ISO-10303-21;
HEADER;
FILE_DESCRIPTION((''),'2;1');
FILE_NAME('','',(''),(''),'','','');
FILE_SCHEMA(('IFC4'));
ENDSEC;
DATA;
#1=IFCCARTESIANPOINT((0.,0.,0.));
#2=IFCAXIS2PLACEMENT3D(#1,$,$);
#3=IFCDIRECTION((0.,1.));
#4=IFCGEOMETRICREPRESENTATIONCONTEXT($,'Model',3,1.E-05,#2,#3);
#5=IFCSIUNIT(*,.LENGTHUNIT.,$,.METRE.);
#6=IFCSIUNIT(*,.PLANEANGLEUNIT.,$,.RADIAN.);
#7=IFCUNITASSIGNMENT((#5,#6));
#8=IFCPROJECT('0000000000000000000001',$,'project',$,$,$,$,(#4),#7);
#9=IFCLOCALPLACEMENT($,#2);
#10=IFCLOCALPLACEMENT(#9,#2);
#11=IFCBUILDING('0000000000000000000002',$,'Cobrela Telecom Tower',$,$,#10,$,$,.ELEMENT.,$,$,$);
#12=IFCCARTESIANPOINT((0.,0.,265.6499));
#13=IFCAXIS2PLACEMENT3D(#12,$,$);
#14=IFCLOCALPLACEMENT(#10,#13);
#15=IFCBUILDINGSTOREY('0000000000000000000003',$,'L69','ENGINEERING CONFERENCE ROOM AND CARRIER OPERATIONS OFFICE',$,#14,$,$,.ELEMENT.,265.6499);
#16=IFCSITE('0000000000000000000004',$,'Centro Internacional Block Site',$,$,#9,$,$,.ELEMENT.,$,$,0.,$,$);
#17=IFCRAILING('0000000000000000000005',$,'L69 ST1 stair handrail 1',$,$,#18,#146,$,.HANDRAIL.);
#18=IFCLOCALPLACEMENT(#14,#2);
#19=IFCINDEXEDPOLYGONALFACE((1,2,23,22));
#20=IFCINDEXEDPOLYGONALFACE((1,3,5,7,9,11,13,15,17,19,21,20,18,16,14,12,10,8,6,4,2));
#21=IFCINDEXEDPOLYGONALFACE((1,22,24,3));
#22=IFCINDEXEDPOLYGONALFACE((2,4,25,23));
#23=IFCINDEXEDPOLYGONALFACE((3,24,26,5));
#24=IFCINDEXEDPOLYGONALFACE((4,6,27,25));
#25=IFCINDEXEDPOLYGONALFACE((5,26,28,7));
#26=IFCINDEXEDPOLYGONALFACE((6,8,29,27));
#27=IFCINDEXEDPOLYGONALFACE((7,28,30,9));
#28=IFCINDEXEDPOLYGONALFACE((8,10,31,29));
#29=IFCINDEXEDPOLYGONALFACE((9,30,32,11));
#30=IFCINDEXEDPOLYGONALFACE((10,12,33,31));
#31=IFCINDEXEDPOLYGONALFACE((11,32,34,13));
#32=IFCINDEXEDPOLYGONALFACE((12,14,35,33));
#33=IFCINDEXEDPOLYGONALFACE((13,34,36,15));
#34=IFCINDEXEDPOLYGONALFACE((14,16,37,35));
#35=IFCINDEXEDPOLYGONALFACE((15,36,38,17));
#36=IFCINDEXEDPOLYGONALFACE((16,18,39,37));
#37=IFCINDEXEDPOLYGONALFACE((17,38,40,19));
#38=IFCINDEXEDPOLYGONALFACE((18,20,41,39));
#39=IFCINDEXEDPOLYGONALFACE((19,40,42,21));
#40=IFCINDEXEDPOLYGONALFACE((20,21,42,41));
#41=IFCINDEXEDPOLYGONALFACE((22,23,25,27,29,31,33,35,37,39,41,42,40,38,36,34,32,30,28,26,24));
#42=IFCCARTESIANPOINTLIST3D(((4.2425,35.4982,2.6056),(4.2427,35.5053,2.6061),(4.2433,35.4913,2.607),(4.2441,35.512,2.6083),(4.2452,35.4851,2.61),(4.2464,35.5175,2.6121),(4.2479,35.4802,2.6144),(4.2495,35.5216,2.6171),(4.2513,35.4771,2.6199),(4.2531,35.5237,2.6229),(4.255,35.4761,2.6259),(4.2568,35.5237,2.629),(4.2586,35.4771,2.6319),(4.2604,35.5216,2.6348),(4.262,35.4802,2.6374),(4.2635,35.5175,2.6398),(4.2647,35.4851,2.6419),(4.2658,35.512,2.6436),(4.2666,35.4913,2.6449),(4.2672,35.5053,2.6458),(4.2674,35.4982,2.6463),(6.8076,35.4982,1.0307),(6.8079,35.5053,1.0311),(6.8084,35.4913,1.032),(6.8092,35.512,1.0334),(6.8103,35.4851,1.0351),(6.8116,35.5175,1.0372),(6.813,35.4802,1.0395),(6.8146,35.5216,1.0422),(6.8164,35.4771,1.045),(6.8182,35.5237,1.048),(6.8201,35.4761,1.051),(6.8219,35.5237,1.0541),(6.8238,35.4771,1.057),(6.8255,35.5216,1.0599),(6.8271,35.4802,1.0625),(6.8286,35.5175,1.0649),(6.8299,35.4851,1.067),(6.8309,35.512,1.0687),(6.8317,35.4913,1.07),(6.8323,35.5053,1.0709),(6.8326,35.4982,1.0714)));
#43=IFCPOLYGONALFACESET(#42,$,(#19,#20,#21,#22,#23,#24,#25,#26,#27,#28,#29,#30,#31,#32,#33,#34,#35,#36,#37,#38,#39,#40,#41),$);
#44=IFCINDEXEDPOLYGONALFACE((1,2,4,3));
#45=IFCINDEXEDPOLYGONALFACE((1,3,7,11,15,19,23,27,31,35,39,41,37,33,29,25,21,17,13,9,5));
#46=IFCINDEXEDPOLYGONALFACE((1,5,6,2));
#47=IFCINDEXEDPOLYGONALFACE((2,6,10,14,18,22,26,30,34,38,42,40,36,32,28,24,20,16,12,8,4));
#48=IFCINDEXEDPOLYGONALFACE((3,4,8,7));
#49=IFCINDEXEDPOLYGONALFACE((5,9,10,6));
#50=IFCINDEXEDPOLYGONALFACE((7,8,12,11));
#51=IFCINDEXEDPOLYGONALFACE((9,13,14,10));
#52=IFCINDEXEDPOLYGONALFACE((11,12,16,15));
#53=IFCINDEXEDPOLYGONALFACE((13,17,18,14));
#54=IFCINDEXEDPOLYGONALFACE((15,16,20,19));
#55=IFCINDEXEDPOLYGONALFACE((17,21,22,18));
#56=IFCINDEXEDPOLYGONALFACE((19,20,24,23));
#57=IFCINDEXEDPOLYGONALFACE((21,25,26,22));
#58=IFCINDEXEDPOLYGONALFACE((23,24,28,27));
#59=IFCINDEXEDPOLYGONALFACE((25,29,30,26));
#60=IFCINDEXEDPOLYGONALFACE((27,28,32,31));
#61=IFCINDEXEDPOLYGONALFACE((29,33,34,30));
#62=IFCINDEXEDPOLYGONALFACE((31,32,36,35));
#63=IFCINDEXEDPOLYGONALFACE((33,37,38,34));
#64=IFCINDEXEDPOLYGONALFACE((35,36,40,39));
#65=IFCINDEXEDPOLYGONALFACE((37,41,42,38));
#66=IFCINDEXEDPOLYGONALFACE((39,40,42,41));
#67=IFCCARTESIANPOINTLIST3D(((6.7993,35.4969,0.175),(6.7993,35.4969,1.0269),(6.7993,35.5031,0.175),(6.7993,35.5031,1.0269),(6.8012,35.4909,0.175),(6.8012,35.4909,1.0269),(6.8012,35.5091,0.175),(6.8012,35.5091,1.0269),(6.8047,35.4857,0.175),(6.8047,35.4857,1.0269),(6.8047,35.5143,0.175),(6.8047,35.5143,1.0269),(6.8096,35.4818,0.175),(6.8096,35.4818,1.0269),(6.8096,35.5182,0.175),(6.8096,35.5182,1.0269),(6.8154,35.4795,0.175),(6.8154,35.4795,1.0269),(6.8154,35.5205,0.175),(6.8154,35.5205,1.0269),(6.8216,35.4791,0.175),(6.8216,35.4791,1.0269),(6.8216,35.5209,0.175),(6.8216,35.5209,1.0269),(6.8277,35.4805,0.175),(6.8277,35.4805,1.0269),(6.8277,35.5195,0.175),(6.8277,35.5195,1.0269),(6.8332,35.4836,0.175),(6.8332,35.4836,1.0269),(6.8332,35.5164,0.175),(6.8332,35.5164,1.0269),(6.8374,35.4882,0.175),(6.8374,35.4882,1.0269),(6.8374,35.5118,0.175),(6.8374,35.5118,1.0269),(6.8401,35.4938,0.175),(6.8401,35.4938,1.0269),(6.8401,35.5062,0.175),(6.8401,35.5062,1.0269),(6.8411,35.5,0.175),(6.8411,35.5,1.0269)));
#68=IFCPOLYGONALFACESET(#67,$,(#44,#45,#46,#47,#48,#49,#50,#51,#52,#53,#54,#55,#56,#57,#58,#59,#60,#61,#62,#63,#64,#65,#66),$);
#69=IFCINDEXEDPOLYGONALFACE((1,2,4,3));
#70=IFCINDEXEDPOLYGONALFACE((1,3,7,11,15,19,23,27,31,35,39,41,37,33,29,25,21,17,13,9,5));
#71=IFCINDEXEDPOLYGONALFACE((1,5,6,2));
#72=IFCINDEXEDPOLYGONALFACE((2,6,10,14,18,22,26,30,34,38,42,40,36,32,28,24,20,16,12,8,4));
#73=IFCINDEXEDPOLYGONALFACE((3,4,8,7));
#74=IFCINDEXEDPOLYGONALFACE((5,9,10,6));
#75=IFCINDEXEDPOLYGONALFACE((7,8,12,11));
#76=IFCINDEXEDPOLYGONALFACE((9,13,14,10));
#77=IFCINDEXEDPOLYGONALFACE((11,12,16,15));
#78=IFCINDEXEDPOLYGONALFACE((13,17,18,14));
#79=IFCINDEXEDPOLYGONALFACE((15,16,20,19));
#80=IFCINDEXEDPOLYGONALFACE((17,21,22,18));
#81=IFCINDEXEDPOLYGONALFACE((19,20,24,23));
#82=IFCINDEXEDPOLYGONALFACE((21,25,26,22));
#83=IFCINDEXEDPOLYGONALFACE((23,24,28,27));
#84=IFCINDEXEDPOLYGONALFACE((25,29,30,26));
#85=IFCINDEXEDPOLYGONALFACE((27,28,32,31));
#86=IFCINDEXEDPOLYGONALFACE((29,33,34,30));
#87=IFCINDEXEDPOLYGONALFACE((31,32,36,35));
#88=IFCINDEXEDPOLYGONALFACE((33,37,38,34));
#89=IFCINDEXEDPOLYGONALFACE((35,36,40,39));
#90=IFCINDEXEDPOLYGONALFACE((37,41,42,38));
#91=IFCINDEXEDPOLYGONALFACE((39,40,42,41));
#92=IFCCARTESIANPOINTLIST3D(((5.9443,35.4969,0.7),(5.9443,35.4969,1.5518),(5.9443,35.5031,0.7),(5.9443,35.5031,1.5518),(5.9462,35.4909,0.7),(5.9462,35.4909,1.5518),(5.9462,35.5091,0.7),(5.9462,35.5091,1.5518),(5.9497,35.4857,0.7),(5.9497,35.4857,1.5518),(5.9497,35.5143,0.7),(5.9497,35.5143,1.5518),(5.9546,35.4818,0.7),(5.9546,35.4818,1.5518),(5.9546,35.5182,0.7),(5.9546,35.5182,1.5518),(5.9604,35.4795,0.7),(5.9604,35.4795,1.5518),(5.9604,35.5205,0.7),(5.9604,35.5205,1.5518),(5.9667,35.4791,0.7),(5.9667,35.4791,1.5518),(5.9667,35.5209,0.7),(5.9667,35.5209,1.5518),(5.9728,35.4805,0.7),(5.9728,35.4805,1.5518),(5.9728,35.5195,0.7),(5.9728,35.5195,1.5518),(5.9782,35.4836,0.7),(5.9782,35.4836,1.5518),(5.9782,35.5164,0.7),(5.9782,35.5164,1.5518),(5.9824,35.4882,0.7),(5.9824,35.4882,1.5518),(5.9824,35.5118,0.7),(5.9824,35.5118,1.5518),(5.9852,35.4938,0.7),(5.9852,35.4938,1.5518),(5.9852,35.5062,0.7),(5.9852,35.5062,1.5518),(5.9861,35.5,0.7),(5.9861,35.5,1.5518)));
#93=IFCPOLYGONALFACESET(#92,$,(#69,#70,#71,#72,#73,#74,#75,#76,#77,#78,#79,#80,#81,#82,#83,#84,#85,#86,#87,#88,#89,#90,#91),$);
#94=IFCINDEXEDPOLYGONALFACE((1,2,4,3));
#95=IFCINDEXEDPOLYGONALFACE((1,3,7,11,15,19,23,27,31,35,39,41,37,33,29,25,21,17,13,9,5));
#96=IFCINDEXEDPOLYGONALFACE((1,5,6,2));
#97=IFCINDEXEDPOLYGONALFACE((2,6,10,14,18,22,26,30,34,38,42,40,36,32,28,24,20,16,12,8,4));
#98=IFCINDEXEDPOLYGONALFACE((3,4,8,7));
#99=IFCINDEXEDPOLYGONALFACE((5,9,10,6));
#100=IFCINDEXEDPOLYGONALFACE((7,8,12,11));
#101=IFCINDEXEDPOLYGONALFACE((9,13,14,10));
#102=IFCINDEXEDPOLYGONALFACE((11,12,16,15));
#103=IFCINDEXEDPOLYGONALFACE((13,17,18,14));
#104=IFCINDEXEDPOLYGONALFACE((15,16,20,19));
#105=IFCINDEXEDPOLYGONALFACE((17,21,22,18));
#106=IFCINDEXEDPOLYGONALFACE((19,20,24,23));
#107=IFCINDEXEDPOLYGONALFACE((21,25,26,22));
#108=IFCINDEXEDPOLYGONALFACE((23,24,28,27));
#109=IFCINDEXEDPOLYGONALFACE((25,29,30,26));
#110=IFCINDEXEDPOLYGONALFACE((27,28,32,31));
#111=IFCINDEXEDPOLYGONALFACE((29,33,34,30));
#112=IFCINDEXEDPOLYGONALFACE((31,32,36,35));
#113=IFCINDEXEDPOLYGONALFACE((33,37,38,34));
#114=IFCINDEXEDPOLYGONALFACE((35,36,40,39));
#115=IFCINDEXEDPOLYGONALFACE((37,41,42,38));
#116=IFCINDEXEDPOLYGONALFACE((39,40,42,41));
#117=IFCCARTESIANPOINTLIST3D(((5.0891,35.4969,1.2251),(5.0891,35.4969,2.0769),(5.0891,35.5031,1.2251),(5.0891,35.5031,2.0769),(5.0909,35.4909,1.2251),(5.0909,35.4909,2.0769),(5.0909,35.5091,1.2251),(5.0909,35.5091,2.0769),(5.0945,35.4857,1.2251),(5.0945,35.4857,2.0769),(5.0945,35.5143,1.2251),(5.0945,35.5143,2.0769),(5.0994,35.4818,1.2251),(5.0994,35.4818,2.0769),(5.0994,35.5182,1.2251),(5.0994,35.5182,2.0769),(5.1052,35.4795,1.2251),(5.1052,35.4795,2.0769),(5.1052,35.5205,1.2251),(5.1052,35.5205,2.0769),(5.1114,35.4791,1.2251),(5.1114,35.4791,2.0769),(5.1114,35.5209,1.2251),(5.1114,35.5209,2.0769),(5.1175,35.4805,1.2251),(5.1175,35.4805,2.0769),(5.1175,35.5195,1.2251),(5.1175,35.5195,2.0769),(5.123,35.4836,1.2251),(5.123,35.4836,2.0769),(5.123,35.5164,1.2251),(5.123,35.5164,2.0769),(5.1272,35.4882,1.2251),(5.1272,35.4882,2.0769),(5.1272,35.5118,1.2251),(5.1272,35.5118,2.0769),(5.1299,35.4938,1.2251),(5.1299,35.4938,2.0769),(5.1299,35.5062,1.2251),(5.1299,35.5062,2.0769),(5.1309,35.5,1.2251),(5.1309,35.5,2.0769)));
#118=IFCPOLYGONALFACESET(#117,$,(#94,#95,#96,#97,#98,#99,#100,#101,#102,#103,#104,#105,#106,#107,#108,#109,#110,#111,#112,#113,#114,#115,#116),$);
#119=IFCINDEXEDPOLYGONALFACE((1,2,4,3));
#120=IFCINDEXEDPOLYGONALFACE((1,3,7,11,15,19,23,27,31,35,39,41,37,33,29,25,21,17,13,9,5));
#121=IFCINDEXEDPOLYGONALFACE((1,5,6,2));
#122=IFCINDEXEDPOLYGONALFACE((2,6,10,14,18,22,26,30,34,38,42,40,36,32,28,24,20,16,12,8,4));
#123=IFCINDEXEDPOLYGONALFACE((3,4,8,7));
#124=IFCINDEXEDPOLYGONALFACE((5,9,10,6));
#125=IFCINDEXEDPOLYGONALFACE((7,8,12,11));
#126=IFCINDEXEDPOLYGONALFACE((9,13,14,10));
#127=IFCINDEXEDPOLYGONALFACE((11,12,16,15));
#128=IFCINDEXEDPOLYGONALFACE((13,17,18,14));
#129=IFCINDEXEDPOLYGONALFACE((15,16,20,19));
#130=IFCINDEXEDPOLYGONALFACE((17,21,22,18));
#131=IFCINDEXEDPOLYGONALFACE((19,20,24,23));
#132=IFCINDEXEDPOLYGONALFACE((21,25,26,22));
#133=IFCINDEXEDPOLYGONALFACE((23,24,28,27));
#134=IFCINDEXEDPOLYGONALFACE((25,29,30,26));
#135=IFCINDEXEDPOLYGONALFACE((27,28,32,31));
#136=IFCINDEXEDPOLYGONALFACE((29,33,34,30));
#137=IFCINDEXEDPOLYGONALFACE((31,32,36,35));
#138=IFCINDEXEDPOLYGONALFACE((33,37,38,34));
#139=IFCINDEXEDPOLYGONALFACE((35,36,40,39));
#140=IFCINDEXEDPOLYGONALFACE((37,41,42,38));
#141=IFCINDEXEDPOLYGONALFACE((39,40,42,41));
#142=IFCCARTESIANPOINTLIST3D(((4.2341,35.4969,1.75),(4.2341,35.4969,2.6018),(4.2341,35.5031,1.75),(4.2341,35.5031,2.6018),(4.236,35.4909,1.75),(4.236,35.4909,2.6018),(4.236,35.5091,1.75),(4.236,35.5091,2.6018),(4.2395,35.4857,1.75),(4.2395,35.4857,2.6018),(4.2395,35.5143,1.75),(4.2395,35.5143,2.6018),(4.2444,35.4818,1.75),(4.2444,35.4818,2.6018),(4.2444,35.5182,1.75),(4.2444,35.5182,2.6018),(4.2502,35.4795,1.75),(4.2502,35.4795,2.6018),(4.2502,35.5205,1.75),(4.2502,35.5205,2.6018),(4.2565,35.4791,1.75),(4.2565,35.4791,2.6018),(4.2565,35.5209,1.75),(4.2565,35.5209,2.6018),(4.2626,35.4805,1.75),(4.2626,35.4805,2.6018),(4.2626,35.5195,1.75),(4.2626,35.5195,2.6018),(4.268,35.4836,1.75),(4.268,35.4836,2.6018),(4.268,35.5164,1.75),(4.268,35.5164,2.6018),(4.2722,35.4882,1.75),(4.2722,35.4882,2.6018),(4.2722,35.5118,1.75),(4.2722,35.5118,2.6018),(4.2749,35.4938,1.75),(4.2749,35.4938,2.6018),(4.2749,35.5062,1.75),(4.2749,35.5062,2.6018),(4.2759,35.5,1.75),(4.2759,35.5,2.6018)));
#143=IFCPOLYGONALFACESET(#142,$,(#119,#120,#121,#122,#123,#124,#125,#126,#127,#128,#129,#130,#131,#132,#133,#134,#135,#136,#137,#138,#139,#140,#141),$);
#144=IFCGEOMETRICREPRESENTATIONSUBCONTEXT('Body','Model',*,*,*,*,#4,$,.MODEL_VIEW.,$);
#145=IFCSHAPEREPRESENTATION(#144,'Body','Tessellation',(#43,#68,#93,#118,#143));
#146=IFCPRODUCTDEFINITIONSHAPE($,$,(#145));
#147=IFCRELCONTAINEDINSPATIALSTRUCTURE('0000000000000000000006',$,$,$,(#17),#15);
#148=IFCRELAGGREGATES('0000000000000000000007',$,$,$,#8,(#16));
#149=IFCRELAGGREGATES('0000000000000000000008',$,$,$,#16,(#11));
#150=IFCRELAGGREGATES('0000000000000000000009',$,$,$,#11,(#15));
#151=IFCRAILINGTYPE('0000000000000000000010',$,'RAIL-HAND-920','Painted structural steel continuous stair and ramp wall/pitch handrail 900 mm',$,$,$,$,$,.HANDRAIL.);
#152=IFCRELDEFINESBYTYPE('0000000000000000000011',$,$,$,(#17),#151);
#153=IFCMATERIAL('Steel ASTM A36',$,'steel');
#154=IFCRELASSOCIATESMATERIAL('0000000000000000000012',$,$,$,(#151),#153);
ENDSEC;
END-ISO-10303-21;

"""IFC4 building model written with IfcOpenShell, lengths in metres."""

from ifc_helpers import new_model, si_unit, direction, frame, origin, origin_2d, place, context, subcontext, project, spatial, circle, extrude, material, type_object, element, save


model = new_model("IFC4")

# Units and contexts
model_context = context("Model", 3, precision=1e-05, world=origin(), true_north=direction((0.0, 1.0)))
body_context = subcontext(model_context, "Body", "Model", "MODEL_VIEW")
ifc_project = project(units=[si_unit("LENGTHUNIT", "METRE"), si_unit("PLANEANGLEUNIT", "RADIAN")], contexts=[model_context])

# Site, building, storey
site_placement = place(None, origin())
site = spatial("IfcSite", under=ifc_project, at=site_placement, Name="Centro Internacional Block Site", CompositionType="ELEMENT", RefElevation=0.0)
building_placement = place(site_placement, origin())
building = spatial("IfcBuilding", under=site, at=building_placement, Name="Cobrela Telecom Tower", CompositionType="ELEMENT")
storey_placement = place(building_placement, frame((0.0, 0.0, 265.6499)))
storey = spatial("IfcBuildingStorey", under=building, at=storey_placement, Name="L69", Description="ENGINEERING CONFERENCE ROOM AND CARRIER OPERATIONS OFFICE", CompositionType="ELEMENT", Elevation=265.6499)

# Shared definitions
ifc_material_1 = material(Name="Steel ASTM A36", Category="steel")

# Railing
railing_type_1 = type_object("IfcRailingType", Name="RAIL-HAND-920", Description="Painted structural steel continuous stair and ramp wall/pitch handrail 900 mm", PredefinedType="HANDRAIL", material=ifc_material_1)
railing_1_placement = place(storey_placement, frame((6.8201, 35.5, 0.175)))
element("IfcRailing", 1, at=railing_1_placement, inside=storey, type_object=railing_type_1, Name="L69 ST1 stair handrail 1", PredefinedType="HANDRAIL", context=body_context, shape_type="SweptSolid", body=[
    extrude(circle(Radius=0.0239, at=origin_2d()), frame((0.0, 0.0, 0.876), z_axis=(-0.852195, 0.0, 0.523224), x_axis=(0.0, -1.0, 0.0)), (0.0, 0.0, 1.0), 3.01),
    extrude(circle(Radius=0.021, at=origin_2d()), origin(), (0.0, 0.0, 1.0), 0.8518),
    extrude(circle(Radius=0.021, at=origin_2d()), frame((-0.855, 0.0, 0.5249)), (0.0, 0.0, 1.0), 0.8518),
    extrude(circle(Radius=0.021, at=origin_2d()), frame((-1.7102, 0.0, 1.05)), (0.0, 0.0, 1.0), 0.8518),
    extrude(circle(Radius=0.021, at=origin_2d()), frame((-2.5652, 0.0, 1.575)), (0.0, 0.0, 1.0), 0.8518),
])

save(model, "model.ifc")
